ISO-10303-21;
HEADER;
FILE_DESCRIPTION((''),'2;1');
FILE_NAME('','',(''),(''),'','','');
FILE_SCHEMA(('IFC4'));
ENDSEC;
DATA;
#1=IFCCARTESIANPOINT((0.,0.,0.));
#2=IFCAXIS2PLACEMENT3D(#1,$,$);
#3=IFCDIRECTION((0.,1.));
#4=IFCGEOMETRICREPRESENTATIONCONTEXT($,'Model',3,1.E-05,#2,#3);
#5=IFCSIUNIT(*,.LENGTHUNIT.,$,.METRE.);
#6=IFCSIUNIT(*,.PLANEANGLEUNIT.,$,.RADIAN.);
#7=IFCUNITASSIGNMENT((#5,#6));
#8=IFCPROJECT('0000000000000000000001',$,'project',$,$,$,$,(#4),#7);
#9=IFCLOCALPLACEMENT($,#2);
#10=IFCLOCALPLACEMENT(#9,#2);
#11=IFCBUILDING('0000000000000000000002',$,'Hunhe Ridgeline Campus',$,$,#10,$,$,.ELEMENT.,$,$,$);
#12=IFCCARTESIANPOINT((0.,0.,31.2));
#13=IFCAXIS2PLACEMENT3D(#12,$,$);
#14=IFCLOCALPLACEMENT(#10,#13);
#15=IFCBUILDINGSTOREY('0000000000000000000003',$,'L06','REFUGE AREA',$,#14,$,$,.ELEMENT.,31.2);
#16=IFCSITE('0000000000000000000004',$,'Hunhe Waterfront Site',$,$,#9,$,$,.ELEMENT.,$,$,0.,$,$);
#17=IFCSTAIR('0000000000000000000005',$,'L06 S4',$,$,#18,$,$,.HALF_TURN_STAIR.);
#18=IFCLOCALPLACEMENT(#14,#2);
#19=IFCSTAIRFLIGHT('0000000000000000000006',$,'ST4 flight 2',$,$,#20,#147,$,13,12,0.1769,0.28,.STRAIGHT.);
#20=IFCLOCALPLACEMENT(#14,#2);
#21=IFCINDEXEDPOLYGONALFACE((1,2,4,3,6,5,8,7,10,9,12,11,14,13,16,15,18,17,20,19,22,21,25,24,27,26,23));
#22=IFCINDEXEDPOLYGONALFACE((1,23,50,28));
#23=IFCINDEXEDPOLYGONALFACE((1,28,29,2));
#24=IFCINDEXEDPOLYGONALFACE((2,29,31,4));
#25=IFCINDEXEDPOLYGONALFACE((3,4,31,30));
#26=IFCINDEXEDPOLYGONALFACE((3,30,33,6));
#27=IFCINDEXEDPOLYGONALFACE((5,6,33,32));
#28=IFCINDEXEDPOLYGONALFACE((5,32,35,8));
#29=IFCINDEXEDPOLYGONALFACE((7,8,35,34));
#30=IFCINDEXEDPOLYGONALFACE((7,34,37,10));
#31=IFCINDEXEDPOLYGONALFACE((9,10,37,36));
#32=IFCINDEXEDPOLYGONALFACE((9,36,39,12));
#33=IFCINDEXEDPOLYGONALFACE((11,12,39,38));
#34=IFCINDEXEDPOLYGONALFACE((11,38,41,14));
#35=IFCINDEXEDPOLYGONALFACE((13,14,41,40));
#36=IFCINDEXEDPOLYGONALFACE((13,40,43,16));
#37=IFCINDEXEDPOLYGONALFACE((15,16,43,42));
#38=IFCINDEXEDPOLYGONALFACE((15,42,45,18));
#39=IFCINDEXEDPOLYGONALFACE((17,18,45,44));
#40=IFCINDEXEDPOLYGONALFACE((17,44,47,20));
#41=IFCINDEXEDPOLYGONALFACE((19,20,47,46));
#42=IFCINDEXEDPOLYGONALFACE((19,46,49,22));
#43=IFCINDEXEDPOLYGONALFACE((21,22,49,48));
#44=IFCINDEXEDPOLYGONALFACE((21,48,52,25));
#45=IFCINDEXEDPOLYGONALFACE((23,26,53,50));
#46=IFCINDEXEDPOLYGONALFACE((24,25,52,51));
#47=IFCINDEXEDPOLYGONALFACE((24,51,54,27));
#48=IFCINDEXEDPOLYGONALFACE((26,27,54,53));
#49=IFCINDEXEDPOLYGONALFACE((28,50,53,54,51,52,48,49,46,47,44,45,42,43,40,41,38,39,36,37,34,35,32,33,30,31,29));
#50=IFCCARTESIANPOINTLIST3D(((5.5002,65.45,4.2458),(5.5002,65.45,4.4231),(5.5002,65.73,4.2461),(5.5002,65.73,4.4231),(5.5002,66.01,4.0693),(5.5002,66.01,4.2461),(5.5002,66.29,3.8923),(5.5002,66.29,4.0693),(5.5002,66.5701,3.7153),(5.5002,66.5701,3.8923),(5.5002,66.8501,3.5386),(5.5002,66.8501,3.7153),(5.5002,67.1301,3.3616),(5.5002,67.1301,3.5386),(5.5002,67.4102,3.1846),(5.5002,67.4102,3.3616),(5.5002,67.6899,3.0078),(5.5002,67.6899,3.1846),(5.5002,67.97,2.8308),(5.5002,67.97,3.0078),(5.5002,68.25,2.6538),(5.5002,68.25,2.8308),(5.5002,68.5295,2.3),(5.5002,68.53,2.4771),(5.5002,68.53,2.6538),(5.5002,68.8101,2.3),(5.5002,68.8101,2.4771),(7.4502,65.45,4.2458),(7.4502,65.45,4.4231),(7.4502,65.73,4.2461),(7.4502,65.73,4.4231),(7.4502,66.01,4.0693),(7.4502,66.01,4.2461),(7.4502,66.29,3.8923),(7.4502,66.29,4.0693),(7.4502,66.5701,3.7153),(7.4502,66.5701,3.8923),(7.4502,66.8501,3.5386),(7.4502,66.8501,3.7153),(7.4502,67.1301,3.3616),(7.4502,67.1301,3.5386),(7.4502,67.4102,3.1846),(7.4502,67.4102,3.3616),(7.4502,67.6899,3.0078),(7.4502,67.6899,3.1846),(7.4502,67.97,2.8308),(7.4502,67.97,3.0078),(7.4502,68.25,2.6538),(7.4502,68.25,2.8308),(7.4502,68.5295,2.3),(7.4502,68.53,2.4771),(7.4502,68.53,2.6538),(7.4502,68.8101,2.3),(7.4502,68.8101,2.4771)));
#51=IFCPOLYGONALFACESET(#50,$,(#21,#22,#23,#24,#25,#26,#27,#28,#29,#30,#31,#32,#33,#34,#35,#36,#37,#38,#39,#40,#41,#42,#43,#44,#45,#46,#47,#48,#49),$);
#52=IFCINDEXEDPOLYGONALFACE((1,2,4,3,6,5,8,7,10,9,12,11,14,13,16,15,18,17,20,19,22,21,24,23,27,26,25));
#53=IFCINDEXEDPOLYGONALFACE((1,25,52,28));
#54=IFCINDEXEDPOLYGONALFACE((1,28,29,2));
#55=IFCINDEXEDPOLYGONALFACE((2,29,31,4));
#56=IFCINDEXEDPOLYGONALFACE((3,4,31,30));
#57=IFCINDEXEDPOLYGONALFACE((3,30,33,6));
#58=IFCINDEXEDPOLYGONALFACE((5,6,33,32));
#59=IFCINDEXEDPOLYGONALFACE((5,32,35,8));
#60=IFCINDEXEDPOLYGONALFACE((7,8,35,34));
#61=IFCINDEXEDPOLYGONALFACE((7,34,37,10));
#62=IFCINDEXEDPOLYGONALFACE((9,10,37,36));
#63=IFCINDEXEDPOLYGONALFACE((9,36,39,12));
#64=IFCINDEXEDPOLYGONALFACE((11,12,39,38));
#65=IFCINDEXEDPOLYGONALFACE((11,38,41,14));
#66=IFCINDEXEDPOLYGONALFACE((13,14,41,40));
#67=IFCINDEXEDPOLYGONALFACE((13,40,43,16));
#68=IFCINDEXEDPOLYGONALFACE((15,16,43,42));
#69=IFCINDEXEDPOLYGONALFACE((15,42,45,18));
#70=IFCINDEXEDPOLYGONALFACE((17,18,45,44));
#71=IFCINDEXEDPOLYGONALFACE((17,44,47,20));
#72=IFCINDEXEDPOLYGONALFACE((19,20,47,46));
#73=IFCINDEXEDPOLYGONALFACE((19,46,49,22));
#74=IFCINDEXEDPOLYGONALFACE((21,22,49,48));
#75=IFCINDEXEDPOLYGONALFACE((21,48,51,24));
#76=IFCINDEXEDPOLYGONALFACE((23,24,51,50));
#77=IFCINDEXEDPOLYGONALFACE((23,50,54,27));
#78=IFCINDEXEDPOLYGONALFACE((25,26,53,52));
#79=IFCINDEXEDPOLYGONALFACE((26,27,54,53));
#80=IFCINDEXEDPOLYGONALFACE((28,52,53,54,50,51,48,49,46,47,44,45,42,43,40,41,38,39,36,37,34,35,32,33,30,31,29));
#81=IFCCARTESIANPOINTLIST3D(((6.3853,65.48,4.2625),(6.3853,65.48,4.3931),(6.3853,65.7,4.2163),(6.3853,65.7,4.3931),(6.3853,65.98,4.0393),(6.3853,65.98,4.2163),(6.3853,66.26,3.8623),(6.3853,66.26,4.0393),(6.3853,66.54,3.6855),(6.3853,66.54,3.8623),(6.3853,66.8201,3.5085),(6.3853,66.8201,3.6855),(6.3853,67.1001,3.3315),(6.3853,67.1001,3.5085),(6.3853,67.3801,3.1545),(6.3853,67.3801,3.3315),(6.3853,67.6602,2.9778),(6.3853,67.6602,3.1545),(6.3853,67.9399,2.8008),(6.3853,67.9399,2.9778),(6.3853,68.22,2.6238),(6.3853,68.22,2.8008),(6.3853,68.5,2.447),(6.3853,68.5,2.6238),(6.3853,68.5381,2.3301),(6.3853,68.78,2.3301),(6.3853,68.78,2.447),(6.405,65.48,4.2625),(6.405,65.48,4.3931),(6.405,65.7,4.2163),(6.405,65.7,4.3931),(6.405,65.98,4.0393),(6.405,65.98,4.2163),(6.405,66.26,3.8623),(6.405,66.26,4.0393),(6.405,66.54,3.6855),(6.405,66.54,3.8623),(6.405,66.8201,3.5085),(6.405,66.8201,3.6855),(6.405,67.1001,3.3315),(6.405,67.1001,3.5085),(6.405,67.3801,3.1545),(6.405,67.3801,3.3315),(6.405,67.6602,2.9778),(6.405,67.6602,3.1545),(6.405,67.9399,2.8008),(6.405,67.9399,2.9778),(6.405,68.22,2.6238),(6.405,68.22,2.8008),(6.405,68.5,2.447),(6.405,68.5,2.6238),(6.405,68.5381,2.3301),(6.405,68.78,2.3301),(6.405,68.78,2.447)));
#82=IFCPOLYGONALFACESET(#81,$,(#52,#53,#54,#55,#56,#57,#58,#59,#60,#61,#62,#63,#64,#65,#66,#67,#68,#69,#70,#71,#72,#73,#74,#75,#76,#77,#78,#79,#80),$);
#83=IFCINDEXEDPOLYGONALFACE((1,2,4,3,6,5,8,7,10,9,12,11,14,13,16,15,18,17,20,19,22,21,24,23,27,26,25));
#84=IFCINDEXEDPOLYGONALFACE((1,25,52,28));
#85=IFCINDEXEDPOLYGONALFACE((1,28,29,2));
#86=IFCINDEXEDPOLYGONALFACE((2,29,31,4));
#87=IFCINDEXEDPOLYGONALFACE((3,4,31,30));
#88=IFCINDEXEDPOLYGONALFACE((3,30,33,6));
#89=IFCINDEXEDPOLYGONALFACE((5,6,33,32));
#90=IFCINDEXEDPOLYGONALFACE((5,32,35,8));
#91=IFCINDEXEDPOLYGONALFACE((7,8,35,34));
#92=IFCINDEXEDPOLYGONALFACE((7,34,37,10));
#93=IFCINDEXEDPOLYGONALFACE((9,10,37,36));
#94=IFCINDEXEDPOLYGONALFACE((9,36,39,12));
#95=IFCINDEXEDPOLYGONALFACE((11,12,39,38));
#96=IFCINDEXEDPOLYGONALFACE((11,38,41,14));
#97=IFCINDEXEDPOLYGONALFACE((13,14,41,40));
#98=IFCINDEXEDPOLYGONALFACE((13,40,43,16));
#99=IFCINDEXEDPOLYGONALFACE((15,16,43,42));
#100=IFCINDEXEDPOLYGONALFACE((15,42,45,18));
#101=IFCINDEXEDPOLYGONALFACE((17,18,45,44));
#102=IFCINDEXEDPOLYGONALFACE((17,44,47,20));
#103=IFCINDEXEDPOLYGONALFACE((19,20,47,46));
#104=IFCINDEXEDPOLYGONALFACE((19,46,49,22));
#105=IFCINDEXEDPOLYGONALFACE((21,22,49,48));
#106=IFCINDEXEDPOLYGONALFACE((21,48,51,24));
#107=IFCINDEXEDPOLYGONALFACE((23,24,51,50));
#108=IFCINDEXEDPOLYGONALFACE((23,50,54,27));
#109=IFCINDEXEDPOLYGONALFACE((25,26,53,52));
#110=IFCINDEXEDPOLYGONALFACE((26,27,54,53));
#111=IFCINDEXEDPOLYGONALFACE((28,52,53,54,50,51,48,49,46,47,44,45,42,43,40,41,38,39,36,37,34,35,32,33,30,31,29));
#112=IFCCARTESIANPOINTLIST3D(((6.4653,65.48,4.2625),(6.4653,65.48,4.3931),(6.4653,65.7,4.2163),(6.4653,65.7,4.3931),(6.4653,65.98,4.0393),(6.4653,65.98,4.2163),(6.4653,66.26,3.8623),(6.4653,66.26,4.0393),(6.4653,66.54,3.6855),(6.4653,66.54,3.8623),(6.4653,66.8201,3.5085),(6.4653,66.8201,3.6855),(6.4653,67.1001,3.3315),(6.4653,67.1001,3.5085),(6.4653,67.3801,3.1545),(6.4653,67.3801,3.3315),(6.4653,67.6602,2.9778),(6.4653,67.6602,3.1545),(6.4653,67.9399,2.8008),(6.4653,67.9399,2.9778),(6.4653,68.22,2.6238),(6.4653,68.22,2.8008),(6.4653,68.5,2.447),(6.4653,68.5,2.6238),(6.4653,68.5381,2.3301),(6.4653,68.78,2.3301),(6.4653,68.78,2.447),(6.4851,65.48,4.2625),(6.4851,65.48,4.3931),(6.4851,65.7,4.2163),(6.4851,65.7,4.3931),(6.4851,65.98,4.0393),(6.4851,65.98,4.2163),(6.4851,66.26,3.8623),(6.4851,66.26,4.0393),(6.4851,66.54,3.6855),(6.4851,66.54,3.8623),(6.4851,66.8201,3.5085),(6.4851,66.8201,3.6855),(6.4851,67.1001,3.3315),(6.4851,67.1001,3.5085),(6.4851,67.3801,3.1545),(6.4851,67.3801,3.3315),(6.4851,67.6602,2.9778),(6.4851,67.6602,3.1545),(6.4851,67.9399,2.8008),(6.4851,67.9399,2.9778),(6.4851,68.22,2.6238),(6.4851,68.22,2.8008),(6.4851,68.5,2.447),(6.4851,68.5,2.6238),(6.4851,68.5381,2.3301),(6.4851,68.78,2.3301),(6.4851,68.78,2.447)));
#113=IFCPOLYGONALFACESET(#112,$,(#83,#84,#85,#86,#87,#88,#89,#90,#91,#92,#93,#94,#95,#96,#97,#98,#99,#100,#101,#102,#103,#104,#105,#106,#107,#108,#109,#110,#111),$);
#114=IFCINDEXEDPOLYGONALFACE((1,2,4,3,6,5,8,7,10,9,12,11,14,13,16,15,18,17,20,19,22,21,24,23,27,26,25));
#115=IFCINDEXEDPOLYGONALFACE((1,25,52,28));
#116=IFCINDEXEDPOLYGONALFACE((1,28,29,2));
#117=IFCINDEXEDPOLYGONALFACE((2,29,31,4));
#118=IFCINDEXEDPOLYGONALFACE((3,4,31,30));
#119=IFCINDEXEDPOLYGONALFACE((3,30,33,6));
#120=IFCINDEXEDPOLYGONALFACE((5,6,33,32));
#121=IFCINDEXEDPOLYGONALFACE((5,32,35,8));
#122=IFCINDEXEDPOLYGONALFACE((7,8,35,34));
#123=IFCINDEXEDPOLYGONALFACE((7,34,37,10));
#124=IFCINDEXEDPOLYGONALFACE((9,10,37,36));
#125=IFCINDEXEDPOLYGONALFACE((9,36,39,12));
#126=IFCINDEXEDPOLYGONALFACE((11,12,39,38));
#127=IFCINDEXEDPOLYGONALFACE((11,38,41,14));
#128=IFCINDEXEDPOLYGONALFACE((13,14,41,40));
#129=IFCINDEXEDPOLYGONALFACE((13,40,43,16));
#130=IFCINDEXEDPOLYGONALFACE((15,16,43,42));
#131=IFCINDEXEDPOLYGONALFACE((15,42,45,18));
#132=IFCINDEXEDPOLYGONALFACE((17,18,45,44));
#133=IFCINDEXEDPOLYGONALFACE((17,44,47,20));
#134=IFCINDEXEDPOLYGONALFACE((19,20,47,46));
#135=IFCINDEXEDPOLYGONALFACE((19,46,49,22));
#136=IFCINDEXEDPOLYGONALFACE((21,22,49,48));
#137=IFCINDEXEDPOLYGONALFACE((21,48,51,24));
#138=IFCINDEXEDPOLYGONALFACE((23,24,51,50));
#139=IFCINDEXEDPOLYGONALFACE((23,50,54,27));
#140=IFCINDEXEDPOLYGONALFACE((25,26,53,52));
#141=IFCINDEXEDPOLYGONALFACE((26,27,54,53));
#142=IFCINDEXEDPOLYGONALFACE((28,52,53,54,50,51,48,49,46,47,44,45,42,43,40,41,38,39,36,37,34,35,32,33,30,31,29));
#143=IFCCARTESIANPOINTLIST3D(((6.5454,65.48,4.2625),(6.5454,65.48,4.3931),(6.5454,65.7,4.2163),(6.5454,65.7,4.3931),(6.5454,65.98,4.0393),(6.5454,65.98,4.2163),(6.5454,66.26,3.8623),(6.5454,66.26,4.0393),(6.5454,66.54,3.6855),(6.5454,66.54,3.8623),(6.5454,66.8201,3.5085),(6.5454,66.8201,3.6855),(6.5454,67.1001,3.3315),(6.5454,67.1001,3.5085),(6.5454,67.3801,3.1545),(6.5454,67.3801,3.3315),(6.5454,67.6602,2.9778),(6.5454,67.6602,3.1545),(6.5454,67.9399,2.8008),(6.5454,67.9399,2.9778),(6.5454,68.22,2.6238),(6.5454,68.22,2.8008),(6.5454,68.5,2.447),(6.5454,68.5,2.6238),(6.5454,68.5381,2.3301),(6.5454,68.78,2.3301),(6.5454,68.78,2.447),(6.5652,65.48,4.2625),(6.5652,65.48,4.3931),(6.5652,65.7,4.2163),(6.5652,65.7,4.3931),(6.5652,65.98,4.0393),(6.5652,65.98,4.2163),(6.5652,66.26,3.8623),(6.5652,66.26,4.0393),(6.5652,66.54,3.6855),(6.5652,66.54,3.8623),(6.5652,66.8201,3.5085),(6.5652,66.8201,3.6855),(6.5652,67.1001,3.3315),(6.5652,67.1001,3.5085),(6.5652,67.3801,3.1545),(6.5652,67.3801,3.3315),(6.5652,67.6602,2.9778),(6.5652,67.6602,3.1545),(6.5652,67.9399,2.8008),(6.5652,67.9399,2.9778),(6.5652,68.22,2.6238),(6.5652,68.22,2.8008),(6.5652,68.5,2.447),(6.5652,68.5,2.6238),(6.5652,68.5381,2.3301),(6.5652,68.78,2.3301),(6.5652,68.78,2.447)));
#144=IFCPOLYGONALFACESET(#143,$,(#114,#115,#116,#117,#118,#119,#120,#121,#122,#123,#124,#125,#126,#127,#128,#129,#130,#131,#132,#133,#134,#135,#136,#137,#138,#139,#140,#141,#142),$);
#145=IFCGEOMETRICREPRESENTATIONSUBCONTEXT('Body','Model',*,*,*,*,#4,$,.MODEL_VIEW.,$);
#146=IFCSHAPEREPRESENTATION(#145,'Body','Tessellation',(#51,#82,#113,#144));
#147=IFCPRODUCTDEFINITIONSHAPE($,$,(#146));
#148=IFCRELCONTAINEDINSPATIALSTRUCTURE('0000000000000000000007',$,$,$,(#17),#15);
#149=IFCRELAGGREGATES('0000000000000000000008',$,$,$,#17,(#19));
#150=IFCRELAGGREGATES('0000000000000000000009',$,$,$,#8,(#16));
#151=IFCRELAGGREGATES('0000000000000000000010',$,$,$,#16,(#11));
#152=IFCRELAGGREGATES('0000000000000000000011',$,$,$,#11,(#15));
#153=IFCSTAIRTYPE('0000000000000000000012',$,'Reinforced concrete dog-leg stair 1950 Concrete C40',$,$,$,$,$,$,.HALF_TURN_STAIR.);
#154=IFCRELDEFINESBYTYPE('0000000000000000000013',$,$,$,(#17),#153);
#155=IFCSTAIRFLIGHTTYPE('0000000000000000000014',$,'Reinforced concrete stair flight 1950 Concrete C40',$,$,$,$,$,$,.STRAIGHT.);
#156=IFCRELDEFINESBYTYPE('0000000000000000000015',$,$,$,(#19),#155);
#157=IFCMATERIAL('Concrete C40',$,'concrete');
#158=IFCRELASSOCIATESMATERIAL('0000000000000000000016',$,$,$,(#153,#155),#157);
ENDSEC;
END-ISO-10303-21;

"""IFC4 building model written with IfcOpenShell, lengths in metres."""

from ifc_helpers import new_model, si_unit, direction, frame, origin, place, context, subcontext, project, spatial, polyline, outline, extrude, material, type_object, element, aggregate, save


model = new_model("IFC4")

# Units and contexts
model_context = context("Model", 3, precision=1e-05, world=origin(), true_north=direction((0.0, 1.0)))
body_context = subcontext(model_context, "Body", "Model", "MODEL_VIEW")
ifc_project = project(units=[si_unit("LENGTHUNIT", "METRE"), si_unit("PLANEANGLEUNIT", "RADIAN")], contexts=[model_context])

# Site, building, storey
site_placement = place(None, origin())
site = spatial("IfcSite", under=ifc_project, at=site_placement, Name="Hunhe Waterfront Site", CompositionType="ELEMENT", RefElevation=0.0)
building_placement = place(site_placement, origin())
building = spatial("IfcBuilding", under=site, at=building_placement, Name="Hunhe Ridgeline Campus", CompositionType="ELEMENT")
storey_placement = place(building_placement, frame((0.0, 0.0, 31.2)))
storey = spatial("IfcBuildingStorey", under=building, at=storey_placement, Name="L06", Description="REFUGE AREA", CompositionType="ELEMENT", Elevation=31.2)

# Stair, stair flight
ifc_material_1 = material(Name="Concrete C40", Category="concrete")
stair_type = type_object("IfcStairType", Name="Reinforced concrete dog-leg stair 1950 Concrete C40", PredefinedType="HALF_TURN_STAIR", material=ifc_material_1)
stair_flight_type = type_object("IfcStairFlightType", Name="Reinforced concrete stair flight 1950 Concrete C40", PredefinedType="STRAIGHT", material=ifc_material_1)
stair_1_placement = place(storey_placement, origin())
stair_1 = element("IfcStair", 1, at=stair_1_placement, inside=storey, type_object=stair_type, Name="L06 S4", PredefinedType="HALF_TURN_STAIR")
stair_flight_1_placement = place(storey_placement, frame((6.4751, 68.8101, 2.3), z_axis=(0.0, 0.0, 1.0), x_axis=(0.0, -1.0, 0.0)))
stair_flight_1 = element("IfcStairFlight", 2, at=stair_flight_1_placement, type_object=stair_flight_type, Name="ST4 flight 2", NumberOfRisers=13, NumberOfTreads=12, PredefinedType="STRAIGHT", RiserHeight=0.1769, TreadLength=0.28, context=body_context, shape_type="SweptSolid", body=[
    extrude(outline(polyline([(0.0, 0.0), (0.0, 0.177), (0.28, 0.177), (0.28, 0.3538), (0.5601, 0.3538), (0.5601, 0.5308), (0.8401, 0.5308), (0.8401, 0.7078), (1.1201, 0.7078), (1.1201, 0.8845), (1.3999, 0.8845), (1.3999, 1.0615), (1.6799, 1.0615), (1.6799, 1.2385), (1.96, 1.2385), (1.96, 1.4153), (2.24, 1.4153), (2.24, 1.5923), (2.52, 1.5923), (2.52, 1.7693), (2.8, 1.7693), (2.8, 1.946), (3.0801, 1.946), (3.0801, 2.123), (3.3601, 2.123), (3.3601, 2.3), (3.3601, 1.9458), (0.2805, 0.0), (0.0, 0.0)])), frame((0.0, 0.9751, 0.0), z_axis=(0.0, -1.0, 0.0), x_axis=(1.0, 0.0, 0.0)), (0.0, 0.0, 1.0), 1.95),
    extrude(outline(polyline([(0.03, 0.03), (0.03, 0.147), (0.3101, 0.147), (0.3101, 0.3237), (0.5901, 0.3237), (0.5901, 0.5007), (0.8701, 0.5007), (0.8701, 0.6777), (1.1499, 0.6777), (1.1499, 0.8545), (1.4299, 0.8545), (1.4299, 1.0315), (1.71, 1.0315), (1.71, 1.2085), (1.99, 1.2085), (1.99, 1.3855), (2.27, 1.3855), (2.27, 1.5623), (2.55, 1.5623), (2.55, 1.7393), (2.8301, 1.7393), (2.8301, 1.9163), (3.1101, 1.9163), (3.1101, 2.093), (3.3301, 2.093), (3.3301, 1.9624), (0.272, 0.03), (0.03, 0.03)])), frame((0.0, -0.0701, 0.0), z_axis=(0.0, -1.0, 0.0), x_axis=(1.0, 0.0, 0.0)), (0.0, 0.0, 1.0), 0.0198),
    extrude(outline(polyline([(0.03, 0.03), (0.03, 0.147), (0.3101, 0.147), (0.3101, 0.3237), (0.5901, 0.3237), (0.5901, 0.5007), (0.8701, 0.5007), (0.8701, 0.6777), (1.1499, 0.6777), (1.1499, 0.8545), (1.4299, 0.8545), (1.4299, 1.0315), (1.71, 1.0315), (1.71, 1.2085), (1.99, 1.2085), (1.99, 1.3855), (2.27, 1.3855), (2.27, 1.5623), (2.55, 1.5623), (2.55, 1.7393), (2.8301, 1.7393), (2.8301, 1.9163), (3.1101, 1.9163), (3.1101, 2.093), (3.3301, 2.093), (3.3301, 1.9624), (0.272, 0.03), (0.03, 0.03)])), frame((0.0, 0.01, 0.0), z_axis=(0.0, -1.0, 0.0), x_axis=(1.0, 0.0, 0.0)), (0.0, 0.0, 1.0), 0.0198),
    extrude(outline(polyline([(0.03, 0.03), (0.03, 0.147), (0.3101, 0.147), (0.3101, 0.3237), (0.5901, 0.3237), (0.5901, 0.5007), (0.8701, 0.5007), (0.8701, 0.6777), (1.1499, 0.6777), (1.1499, 0.8545), (1.4299, 0.8545), (1.4299, 1.0315), (1.71, 1.0315), (1.71, 1.2085), (1.99, 1.2085), (1.99, 1.3855), (2.27, 1.3855), (2.27, 1.5623), (2.55, 1.5623), (2.55, 1.7393), (2.8301, 1.7393), (2.8301, 1.9163), (3.1101, 1.9163), (3.1101, 2.093), (3.3301, 2.093), (3.3301, 1.9624), (0.272, 0.03), (0.03, 0.03)])), frame((0.0, 0.0901, 0.0), z_axis=(0.0, -1.0, 0.0), x_axis=(1.0, 0.0, 0.0)), (0.0, 0.0, 1.0), 0.0198),
])
aggregate(stair_1, [stair_flight_1])

save(model, "model.ifc")
